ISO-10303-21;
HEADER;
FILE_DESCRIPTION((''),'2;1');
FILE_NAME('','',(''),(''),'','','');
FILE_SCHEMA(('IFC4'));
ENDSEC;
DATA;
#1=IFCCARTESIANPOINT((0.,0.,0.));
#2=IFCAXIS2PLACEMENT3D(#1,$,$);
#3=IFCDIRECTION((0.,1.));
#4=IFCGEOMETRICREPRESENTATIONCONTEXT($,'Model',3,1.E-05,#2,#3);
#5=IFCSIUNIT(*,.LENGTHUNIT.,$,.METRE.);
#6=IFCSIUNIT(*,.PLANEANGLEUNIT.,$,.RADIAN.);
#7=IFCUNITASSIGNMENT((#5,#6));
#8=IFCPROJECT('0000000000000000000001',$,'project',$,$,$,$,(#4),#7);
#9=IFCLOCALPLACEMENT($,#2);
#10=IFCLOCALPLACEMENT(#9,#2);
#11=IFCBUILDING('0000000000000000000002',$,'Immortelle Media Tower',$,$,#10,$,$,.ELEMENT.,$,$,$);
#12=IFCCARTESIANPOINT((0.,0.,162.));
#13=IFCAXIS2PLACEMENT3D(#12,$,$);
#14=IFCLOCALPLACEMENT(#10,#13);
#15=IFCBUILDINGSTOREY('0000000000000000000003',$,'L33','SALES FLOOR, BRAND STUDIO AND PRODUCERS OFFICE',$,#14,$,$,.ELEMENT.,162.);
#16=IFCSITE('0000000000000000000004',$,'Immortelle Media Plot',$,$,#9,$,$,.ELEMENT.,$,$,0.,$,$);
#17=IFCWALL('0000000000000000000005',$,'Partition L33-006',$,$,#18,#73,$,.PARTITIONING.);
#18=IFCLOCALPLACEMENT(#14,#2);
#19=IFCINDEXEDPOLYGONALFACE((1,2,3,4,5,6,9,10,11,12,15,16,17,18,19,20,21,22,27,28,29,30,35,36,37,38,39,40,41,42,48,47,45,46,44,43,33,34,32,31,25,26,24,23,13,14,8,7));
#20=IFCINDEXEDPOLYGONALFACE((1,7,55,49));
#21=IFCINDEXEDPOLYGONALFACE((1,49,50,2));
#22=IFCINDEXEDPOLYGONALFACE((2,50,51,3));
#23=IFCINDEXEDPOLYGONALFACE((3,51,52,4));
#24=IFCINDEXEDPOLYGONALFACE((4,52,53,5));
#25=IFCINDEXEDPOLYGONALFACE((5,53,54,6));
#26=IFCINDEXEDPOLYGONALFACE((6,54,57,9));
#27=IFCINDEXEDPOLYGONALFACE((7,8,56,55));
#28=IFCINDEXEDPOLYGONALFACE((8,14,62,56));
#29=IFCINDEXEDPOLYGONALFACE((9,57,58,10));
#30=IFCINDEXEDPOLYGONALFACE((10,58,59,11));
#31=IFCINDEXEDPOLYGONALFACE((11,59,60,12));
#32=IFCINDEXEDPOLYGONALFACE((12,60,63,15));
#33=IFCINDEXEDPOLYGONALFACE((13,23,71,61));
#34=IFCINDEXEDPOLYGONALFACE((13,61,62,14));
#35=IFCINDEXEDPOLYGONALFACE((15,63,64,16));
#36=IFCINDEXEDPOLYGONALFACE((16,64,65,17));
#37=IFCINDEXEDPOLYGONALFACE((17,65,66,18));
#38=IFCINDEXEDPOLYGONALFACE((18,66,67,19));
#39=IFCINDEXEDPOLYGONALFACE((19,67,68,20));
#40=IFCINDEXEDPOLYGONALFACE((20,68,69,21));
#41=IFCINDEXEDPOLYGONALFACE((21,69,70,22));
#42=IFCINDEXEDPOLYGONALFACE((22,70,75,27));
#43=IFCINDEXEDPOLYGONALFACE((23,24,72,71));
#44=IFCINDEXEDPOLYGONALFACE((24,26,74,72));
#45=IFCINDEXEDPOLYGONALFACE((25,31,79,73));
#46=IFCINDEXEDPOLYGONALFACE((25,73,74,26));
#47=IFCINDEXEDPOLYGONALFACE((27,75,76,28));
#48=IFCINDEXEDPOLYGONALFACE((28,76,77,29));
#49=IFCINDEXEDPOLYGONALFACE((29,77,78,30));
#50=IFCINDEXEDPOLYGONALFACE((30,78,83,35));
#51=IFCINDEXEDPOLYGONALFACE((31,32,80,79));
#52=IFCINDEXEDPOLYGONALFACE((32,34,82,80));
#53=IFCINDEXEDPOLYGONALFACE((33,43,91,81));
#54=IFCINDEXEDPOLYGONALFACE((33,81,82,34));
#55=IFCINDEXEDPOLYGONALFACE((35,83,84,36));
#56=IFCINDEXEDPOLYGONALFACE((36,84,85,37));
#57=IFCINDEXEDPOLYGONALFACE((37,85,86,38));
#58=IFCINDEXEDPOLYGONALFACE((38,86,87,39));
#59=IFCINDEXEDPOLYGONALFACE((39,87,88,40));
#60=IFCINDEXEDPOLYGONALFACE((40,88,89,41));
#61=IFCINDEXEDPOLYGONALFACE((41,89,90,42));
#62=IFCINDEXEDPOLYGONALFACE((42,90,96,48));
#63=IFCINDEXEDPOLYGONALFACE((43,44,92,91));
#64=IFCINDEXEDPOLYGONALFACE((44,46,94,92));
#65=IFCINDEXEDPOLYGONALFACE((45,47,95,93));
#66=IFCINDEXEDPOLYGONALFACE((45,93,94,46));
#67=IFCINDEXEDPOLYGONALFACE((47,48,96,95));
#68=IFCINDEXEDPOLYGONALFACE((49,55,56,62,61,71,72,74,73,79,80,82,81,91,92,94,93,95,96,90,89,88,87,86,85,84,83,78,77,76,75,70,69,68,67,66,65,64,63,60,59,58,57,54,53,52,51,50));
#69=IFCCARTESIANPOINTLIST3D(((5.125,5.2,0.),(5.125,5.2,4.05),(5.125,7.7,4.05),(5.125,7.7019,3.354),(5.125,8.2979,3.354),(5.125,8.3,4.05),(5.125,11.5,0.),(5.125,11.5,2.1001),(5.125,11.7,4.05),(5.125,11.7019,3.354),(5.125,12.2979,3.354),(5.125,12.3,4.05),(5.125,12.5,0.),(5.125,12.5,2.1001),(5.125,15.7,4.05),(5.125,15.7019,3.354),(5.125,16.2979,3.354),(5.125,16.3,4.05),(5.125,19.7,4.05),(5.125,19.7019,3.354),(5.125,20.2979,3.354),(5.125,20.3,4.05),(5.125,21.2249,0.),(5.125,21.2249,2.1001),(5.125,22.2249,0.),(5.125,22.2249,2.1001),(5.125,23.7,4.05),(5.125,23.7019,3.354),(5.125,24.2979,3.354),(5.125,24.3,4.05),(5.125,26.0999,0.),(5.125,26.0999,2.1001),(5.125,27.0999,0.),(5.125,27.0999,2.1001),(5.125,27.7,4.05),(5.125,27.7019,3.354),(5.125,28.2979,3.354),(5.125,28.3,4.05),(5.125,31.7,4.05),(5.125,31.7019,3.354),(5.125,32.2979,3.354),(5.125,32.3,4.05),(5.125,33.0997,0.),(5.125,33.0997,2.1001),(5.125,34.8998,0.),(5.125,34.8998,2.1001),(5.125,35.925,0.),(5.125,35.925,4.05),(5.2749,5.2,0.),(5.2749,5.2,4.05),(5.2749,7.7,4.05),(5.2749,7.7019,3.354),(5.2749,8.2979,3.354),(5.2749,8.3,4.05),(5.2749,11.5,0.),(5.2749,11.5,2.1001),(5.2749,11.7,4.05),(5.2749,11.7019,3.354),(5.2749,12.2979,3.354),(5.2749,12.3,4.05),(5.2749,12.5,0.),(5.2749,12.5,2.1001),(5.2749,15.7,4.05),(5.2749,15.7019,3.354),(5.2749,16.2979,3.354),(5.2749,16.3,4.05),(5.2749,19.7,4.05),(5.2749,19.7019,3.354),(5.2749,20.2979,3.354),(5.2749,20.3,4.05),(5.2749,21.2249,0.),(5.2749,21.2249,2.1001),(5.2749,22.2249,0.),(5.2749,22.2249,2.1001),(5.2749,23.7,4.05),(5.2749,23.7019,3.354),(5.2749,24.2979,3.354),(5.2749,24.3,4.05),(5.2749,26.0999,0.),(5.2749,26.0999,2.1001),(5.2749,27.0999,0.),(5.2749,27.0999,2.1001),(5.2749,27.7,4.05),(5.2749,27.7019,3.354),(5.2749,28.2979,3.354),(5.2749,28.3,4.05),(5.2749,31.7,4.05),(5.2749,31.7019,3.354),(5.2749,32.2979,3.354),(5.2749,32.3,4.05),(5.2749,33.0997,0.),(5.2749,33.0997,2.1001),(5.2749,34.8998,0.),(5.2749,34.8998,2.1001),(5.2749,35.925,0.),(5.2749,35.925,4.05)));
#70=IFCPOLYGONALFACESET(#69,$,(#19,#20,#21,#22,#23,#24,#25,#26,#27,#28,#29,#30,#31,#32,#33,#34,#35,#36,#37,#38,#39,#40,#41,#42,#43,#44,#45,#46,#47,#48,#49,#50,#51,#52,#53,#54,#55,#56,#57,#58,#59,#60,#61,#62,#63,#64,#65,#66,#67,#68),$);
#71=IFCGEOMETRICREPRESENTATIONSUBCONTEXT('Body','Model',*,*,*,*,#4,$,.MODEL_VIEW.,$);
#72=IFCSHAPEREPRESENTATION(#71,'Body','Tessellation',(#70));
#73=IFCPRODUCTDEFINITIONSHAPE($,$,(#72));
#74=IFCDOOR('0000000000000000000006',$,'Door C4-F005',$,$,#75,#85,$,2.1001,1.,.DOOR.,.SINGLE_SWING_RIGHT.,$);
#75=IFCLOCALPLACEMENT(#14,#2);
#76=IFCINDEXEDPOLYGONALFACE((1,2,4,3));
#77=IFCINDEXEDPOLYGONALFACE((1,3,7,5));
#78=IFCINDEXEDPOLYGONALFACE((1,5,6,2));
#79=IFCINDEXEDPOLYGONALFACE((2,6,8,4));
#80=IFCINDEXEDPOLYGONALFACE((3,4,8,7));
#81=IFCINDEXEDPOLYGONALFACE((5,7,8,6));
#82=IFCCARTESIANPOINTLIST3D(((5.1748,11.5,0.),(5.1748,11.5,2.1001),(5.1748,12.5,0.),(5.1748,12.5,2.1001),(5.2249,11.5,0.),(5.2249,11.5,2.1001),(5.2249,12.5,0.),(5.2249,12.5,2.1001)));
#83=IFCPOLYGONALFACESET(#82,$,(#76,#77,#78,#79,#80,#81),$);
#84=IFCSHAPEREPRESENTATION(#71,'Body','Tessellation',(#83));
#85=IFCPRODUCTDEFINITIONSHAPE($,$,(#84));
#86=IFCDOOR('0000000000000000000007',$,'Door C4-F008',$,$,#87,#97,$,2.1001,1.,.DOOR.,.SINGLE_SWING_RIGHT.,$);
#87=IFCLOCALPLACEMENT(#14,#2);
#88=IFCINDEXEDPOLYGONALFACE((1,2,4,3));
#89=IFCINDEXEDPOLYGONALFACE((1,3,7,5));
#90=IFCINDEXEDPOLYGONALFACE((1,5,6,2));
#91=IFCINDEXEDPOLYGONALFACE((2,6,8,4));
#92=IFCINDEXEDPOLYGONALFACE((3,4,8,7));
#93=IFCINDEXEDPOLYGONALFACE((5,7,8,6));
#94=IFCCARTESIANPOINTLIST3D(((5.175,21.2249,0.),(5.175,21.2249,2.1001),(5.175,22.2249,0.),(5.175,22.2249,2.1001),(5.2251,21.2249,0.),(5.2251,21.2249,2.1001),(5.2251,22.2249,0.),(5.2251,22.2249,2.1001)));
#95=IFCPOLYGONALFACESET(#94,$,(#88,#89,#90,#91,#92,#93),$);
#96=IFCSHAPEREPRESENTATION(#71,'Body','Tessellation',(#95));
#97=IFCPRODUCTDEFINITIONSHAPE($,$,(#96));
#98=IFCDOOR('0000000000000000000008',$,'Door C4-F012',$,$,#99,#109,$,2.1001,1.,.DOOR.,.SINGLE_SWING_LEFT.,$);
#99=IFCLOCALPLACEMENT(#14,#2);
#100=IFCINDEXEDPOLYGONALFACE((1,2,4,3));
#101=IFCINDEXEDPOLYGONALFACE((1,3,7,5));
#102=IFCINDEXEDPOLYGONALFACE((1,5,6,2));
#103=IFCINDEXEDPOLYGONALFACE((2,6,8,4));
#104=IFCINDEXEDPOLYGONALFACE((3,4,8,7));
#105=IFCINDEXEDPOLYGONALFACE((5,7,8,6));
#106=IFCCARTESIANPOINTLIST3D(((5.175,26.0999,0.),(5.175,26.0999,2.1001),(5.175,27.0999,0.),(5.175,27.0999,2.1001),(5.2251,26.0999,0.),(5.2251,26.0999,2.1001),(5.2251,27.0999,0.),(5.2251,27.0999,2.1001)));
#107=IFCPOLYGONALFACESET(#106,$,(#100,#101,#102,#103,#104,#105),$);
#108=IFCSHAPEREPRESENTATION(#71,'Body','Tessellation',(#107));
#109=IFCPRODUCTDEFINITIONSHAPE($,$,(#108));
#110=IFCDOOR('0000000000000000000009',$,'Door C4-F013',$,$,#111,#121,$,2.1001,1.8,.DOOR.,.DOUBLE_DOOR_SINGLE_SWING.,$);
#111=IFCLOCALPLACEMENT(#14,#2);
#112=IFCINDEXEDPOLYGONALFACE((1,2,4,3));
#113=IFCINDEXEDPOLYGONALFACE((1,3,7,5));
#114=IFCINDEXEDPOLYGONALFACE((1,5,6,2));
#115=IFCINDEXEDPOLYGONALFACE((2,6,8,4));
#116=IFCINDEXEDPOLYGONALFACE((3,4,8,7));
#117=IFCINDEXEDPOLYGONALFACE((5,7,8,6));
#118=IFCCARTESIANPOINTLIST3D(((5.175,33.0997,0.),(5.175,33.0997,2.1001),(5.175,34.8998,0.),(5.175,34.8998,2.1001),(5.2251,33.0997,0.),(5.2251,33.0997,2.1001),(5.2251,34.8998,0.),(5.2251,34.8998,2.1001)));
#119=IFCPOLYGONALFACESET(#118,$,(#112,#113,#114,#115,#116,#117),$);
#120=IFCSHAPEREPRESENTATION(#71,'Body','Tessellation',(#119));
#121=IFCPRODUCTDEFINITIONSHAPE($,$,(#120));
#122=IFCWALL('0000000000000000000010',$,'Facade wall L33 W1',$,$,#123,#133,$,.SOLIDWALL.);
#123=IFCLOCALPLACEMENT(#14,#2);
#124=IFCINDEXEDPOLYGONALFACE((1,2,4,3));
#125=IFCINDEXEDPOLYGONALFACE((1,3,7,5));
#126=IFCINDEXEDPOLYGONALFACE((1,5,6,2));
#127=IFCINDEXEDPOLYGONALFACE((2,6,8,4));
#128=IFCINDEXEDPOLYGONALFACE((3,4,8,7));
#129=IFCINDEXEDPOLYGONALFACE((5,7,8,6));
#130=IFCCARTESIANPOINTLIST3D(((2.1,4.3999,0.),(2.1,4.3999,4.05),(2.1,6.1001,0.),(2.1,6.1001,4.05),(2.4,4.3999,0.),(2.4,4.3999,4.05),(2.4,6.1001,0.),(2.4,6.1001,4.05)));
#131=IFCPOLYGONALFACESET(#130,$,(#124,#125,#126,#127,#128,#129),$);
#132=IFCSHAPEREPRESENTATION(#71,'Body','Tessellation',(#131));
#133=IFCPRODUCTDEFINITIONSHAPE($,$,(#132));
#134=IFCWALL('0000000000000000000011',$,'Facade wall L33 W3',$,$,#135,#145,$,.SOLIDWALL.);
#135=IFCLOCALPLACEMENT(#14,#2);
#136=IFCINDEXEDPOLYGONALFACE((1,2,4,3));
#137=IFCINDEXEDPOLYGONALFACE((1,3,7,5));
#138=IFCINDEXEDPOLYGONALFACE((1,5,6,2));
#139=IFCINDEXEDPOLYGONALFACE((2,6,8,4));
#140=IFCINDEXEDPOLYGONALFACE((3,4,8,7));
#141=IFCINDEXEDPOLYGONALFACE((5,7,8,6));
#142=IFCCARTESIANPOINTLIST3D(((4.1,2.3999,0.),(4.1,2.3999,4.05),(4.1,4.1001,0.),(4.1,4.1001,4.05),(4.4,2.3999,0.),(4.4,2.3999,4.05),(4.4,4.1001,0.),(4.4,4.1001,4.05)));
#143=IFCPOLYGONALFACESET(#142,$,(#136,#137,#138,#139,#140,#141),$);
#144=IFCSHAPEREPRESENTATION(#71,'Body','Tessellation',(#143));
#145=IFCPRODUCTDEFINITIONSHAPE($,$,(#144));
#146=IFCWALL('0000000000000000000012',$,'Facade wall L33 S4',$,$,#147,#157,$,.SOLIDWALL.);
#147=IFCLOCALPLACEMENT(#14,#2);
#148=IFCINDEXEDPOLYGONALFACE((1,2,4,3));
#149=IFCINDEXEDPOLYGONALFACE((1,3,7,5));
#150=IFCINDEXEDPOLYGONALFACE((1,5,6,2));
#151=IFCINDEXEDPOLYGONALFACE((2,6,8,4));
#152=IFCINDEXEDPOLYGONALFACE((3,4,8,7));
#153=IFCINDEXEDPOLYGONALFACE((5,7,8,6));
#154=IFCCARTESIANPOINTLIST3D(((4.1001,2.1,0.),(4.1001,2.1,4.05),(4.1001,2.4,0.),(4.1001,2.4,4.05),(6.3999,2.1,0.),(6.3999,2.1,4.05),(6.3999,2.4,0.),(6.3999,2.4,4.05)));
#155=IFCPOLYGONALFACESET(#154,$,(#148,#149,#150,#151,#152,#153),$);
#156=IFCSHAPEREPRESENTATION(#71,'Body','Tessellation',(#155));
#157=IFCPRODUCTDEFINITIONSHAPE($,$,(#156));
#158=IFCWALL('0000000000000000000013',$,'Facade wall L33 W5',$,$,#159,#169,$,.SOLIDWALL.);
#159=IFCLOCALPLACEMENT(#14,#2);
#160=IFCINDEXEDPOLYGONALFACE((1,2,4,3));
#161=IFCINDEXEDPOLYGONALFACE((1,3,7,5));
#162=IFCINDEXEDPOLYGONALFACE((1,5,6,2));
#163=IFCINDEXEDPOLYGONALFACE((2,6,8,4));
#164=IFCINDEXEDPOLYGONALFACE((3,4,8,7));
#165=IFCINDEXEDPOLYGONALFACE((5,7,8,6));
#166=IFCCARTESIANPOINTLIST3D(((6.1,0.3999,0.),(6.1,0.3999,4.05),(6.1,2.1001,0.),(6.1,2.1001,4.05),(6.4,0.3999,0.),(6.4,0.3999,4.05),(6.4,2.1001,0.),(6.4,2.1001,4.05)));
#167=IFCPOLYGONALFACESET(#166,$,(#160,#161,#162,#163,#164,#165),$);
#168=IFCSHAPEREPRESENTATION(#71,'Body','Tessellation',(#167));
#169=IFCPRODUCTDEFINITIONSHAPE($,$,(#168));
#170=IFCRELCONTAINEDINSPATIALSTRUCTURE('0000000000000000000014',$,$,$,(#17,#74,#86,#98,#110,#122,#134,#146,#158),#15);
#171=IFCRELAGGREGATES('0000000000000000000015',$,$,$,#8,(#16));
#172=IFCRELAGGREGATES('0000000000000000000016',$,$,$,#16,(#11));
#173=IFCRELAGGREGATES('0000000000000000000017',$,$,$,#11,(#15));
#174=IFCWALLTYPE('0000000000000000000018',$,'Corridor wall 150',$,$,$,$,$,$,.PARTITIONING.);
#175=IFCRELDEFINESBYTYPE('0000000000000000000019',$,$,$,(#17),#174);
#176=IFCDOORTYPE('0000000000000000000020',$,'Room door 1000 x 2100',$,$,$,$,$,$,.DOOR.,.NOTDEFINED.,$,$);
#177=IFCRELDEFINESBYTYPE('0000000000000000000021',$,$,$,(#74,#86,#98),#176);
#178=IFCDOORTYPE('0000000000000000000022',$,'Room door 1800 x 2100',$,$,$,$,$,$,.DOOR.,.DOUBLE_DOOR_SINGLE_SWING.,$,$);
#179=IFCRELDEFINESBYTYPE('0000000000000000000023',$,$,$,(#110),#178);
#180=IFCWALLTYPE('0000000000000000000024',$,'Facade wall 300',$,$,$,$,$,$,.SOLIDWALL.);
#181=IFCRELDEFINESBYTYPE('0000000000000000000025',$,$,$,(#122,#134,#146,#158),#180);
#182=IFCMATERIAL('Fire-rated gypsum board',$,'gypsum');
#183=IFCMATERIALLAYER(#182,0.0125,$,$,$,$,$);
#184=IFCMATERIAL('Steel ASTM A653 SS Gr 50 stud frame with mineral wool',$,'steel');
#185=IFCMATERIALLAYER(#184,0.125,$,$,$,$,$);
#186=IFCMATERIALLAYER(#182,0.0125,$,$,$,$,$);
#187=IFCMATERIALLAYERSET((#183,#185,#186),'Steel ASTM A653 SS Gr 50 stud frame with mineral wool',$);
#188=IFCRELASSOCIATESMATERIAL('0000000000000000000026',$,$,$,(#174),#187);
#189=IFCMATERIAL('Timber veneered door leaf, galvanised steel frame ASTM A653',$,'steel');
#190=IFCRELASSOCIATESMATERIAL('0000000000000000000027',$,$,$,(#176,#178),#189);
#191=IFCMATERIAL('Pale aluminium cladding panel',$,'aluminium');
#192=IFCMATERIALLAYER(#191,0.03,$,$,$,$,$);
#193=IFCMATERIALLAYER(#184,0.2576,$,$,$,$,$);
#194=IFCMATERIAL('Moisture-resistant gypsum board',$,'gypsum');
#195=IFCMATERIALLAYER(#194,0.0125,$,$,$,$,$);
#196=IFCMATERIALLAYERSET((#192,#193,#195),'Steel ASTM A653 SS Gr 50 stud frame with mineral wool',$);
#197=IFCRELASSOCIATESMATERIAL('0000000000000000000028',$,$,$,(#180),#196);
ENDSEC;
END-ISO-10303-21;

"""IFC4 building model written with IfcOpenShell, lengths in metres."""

from ifc_helpers import new_model, si_unit, direction, frame, frame_2d, origin, place, context, subcontext, project, spatial, polyline, rectangle, outline, extrude, material, layer, layer_set, type_object, element, fill, save


model = new_model("IFC4")

# Units and contexts
model_context = context("Model", 3, precision=1e-05, world=origin(), true_north=direction((0.0, 1.0)))
body_context = subcontext(model_context, "Body", "Model", "MODEL_VIEW")
ifc_project = project(units=[si_unit("LENGTHUNIT", "METRE"), si_unit("PLANEANGLEUNIT", "RADIAN")], contexts=[model_context])

# Site, building, storey
site_placement = place(None, origin())
site = spatial("IfcSite", under=ifc_project, at=site_placement, Name="Immortelle Media Plot", CompositionType="ELEMENT", RefElevation=0.0)
building_placement = place(site_placement, origin())
building = spatial("IfcBuilding", under=site, at=building_placement, Name="Immortelle Media Tower", CompositionType="ELEMENT")
storey_placement = place(building_placement, frame((0.0, 0.0, 162.0)))
storey = spatial("IfcBuildingStorey", under=building, at=storey_placement, Name="L33", Description="SALES FLOOR, BRAND STUDIO AND PRODUCERS OFFICE", CompositionType="ELEMENT", Elevation=162.0)

# Wall, openings, doors
ifc_material_1 = material(Name="Fire-rated gypsum board", Category="gypsum")
ifc_layer_1 = layer(ifc_material_1, 0.0125)
ifc_material_2 = material(Name="Steel ASTM A653 SS Gr 50 stud frame with mineral wool", Category="steel")
ifc_layer_2 = layer(ifc_material_2, 0.125)
ifc_layer_3 = layer(ifc_material_1, 0.0125)
ifc_layer_set_1 = layer_set([ifc_layer_1, ifc_layer_2, ifc_layer_3], Name="Steel ASTM A653 SS Gr 50 stud frame with mineral wool")
wall_type_1 = type_object("IfcWallType", Name="Corridor wall 150", PredefinedType="PARTITIONING", material=ifc_layer_set_1)
ifc_material_3 = material(Name="Timber veneered door leaf, galvanised steel frame ASTM A653", Category="steel")
door_type_1 = type_object("IfcDoorType", Name="Room door 1000 x 2100", OperationType="NOTDEFINED", PredefinedType="DOOR", material=ifc_material_3)
door_type_2 = type_object("IfcDoorType", Name="Room door 1800 x 2100", OperationType="DOUBLE_DOOR_SINGLE_SWING", PredefinedType="DOOR", material=ifc_material_3)
wall_1_placement = place(storey_placement, frame((5.2, 5.2, 0.0), z_axis=(0.0, 0.0, 1.0), x_axis=(0.0, 1.0, 0.0)))
wall_1 = element("IfcWall", 1, at=wall_1_placement, inside=storey, type_object=wall_type_1, Name="Partition L33-006", PredefinedType="PARTITIONING", context=body_context, shape_type="SweptSolid", body=[
    extrude(outline(polyline([(0.0, 0.0), (30.7251, 0.0), (30.7251, 4.05), (27.1001, 4.05), (27.0979, 3.354), (26.502, 3.354), (26.5, 4.05), (23.1001, 4.05), (23.0979, 3.354), (22.502, 3.354), (22.5, 4.05), (19.1001, 4.05), (19.0979, 3.354), (18.502, 3.354), (18.5, 4.05), (15.1001, 4.05), (15.0979, 3.354), (14.502, 3.354), (14.5, 4.05), (11.1001, 4.05), (11.0979, 3.354), (10.502, 3.354), (10.5, 4.05), (7.1001, 4.05), (7.0979, 3.354), (6.502, 3.354), (6.5, 4.05), (3.1001, 4.05), (3.0979, 3.354), (2.502, 3.354), (2.5, 4.05), (0.0, 4.05), (0.0, 0.0)])), frame((0.0, 0.075, 0.0), z_axis=(0.0, -1.0, 0.0), x_axis=(1.0, 0.0, 0.0)), (0.0, 0.0, 1.0), 0.1499),
])
opening_1_placement = place(wall_1_placement, frame((7.3, 0.0, 0.0), z_axis=(0.0, 0.0, 1.0), x_axis=(-1.0, 0.0, 0.0)))
opening_1 = element("IfcOpeningElement", 2, at=opening_1_placement, cuts=wall_1, PredefinedType="OPENING", context=body_context, shape_type="SweptSolid", body=[
    extrude(rectangle(XDim=1.0, YDim=2.1001, at=frame_2d((0.5, 1.05))), frame((0.0, 0.085, 0.0), z_axis=(0.0, -1.0, 0.0), x_axis=(1.0, 0.0, 0.0)), (0.0, 0.0, 1.0), 0.1699),
])
opening_2_placement = place(wall_1_placement, frame((16.0249, 0.0, 0.0)))
opening_2 = element("IfcOpeningElement", 3, at=opening_2_placement, cuts=wall_1, PredefinedType="OPENING", context=body_context, shape_type="SweptSolid", body=[
    extrude(rectangle(XDim=1.0, YDim=2.1001, at=frame_2d((0.5, 1.05))), frame((0.0, 0.085, 0.0), z_axis=(0.0, -1.0, 0.0), x_axis=(1.0, 0.0, 0.0)), (0.0, 0.0, 1.0), 0.1699),
])
opening_3_placement = place(wall_1_placement, frame((20.8999, 0.0, 0.0)))
opening_3 = element("IfcOpeningElement", 4, at=opening_3_placement, cuts=wall_1, PredefinedType="OPENING", context=body_context, shape_type="SweptSolid", body=[
    extrude(rectangle(XDim=1.0, YDim=2.1001, at=frame_2d((0.5, 1.05))), frame((0.0, 0.085, 0.0), z_axis=(0.0, -1.0, 0.0), x_axis=(1.0, 0.0, 0.0)), (0.0, 0.0, 1.0), 0.1699),
])
opening_4_placement = place(wall_1_placement, frame((27.8999, 0.0, 0.0)))
opening_4 = element("IfcOpeningElement", 5, at=opening_4_placement, cuts=wall_1, PredefinedType="OPENING", context=body_context, shape_type="SweptSolid", body=[
    extrude(rectangle(XDim=1.8, YDim=2.1001, at=frame_2d((0.8999, 1.05))), frame((0.0, 0.085, 0.0), z_axis=(0.0, -1.0, 0.0), x_axis=(1.0, 0.0, 0.0)), (0.0, 0.0, 1.0), 0.1699),
])
door_1_placement = place(opening_1_placement, origin())
door_1 = element("IfcDoor", 6, at=door_1_placement, inside=storey, type_object=door_type_1, Name="Door C4-F005", OperationType="SINGLE_SWING_RIGHT", OverallHeight=2.1001, OverallWidth=1.0, PredefinedType="DOOR", context=body_context, shape_type="SweptSolid", body=[
    extrude(rectangle(XDim=1.0, YDim=2.1001, at=frame_2d((0.5, 1.05))), frame((0.0, 0.0249, 0.0), z_axis=(0.0, -1.0, 0.0), x_axis=(1.0, 0.0, 0.0)), (0.0, 0.0, 1.0), 0.05),
])
fill(opening_1, door_1)
door_2_placement = place(opening_2_placement, origin())
door_2 = element("IfcDoor", 7, at=door_2_placement, inside=storey, type_object=door_type_1, Name="Door C4-F008", OperationType="SINGLE_SWING_RIGHT", OverallHeight=2.1001, OverallWidth=1.0, PredefinedType="DOOR", context=body_context, shape_type="SweptSolid", body=[
    extrude(rectangle(XDim=1.0, YDim=2.1001, at=frame_2d((0.5, 1.05))), frame((0.0, 0.0249, 0.0), z_axis=(0.0, -1.0, 0.0), x_axis=(1.0, 0.0, 0.0)), (0.0, 0.0, 1.0), 0.05),
])
fill(opening_2, door_2)
door_3_placement = place(opening_3_placement, origin())
door_3 = element("IfcDoor", 8, at=door_3_placement, inside=storey, type_object=door_type_1, Name="Door C4-F012", OperationType="SINGLE_SWING_LEFT", OverallHeight=2.1001, OverallWidth=1.0, PredefinedType="DOOR", context=body_context, shape_type="SweptSolid", body=[
    extrude(rectangle(XDim=1.0, YDim=2.1001, at=frame_2d((0.5, 1.05))), frame((0.0, 0.0249, 0.0), z_axis=(0.0, -1.0, 0.0), x_axis=(1.0, 0.0, 0.0)), (0.0, 0.0, 1.0), 0.05),
])
fill(opening_3, door_3)
door_4_placement = place(opening_4_placement, origin())
door_4 = element("IfcDoor", 9, at=door_4_placement, inside=storey, type_object=door_type_2, Name="Door C4-F013", OperationType="DOUBLE_DOOR_SINGLE_SWING", OverallHeight=2.1001, OverallWidth=1.8, PredefinedType="DOOR", context=body_context, shape_type="SweptSolid", body=[
    extrude(rectangle(XDim=1.8, YDim=2.1001, at=frame_2d((0.8999, 1.05))), frame((0.0, 0.0249, 0.0), z_axis=(0.0, -1.0, 0.0), x_axis=(1.0, 0.0, 0.0)), (0.0, 0.0, 1.0), 0.05),
])
fill(opening_4, door_4)

# Walls
ifc_material_4 = material(Name="Pale aluminium cladding panel", Category="aluminium")
ifc_layer_4 = layer(ifc_material_4, 0.03)
ifc_layer_5 = layer(ifc_material_2, 0.2576)
ifc_material_5 = material(Name="Moisture-resistant gypsum board", Category="gypsum")
ifc_layer_6 = layer(ifc_material_5, 0.0125)
ifc_layer_set_2 = layer_set([ifc_layer_4, ifc_layer_5, ifc_layer_6], Name="Steel ASTM A653 SS Gr 50 stud frame with mineral wool")
wall_type_2 = type_object("IfcWallType", Name="Facade wall 300", PredefinedType="SOLIDWALL", material=ifc_layer_set_2)
for number, where, z_axis, x_axis, name in (
    (10, (2.25, 6.1001, 0.0), (0.0, 0.0, 1.0), (0.0, -1.0, 0.0), "Facade wall L33 W1"),
    (11, (4.25, 4.1001, 0.0), (0.0, 0.0, 1.0), (0.0, -1.0, 0.0), "Facade wall L33 W3"),
):
    element("IfcWall", number, at=place(storey_placement, frame(where, z_axis=z_axis, x_axis=x_axis)), inside=storey, type_object=wall_type_2, Name=name, PredefinedType="SOLIDWALL", context=body_context, shape_type="SweptSolid", body=[
        extrude(rectangle(XDim=1.7002, YDim=0.3, at=frame_2d((0.8501, 0.0))), origin(), (0.0, 0.0, 1.0), 4.05),
    ])
wall_2_placement = place(storey_placement, frame((4.1001, 2.25, 0.0), z_axis=(0.0, 0.0, 1.0), x_axis=(1.0, 0.0, 0.0)))
element("IfcWall", 12, at=wall_2_placement, inside=storey, type_object=wall_type_2, Name="Facade wall L33 S4", PredefinedType="SOLIDWALL", context=body_context, shape_type="SweptSolid", body=[
    extrude(rectangle(XDim=2.2998, YDim=0.3, at=frame_2d((1.1499, 0.0))), origin(), (0.0, 0.0, 1.0), 4.05),
])
wall_3_placement = place(storey_placement, frame((6.25, 2.1001, 0.0), z_axis=(0.0, 0.0, 1.0), x_axis=(0.0, -1.0, 0.0)))
element("IfcWall", 13, at=wall_3_placement, inside=storey, type_object=wall_type_2, Name="Facade wall L33 W5", PredefinedType="SOLIDWALL", context=body_context, shape_type="SweptSolid", body=[
    extrude(rectangle(XDim=1.7002, YDim=0.3, at=frame_2d((0.8501, 0.0))), origin(), (0.0, 0.0, 1.0), 4.05),
])

save(model, "model.ifc")
